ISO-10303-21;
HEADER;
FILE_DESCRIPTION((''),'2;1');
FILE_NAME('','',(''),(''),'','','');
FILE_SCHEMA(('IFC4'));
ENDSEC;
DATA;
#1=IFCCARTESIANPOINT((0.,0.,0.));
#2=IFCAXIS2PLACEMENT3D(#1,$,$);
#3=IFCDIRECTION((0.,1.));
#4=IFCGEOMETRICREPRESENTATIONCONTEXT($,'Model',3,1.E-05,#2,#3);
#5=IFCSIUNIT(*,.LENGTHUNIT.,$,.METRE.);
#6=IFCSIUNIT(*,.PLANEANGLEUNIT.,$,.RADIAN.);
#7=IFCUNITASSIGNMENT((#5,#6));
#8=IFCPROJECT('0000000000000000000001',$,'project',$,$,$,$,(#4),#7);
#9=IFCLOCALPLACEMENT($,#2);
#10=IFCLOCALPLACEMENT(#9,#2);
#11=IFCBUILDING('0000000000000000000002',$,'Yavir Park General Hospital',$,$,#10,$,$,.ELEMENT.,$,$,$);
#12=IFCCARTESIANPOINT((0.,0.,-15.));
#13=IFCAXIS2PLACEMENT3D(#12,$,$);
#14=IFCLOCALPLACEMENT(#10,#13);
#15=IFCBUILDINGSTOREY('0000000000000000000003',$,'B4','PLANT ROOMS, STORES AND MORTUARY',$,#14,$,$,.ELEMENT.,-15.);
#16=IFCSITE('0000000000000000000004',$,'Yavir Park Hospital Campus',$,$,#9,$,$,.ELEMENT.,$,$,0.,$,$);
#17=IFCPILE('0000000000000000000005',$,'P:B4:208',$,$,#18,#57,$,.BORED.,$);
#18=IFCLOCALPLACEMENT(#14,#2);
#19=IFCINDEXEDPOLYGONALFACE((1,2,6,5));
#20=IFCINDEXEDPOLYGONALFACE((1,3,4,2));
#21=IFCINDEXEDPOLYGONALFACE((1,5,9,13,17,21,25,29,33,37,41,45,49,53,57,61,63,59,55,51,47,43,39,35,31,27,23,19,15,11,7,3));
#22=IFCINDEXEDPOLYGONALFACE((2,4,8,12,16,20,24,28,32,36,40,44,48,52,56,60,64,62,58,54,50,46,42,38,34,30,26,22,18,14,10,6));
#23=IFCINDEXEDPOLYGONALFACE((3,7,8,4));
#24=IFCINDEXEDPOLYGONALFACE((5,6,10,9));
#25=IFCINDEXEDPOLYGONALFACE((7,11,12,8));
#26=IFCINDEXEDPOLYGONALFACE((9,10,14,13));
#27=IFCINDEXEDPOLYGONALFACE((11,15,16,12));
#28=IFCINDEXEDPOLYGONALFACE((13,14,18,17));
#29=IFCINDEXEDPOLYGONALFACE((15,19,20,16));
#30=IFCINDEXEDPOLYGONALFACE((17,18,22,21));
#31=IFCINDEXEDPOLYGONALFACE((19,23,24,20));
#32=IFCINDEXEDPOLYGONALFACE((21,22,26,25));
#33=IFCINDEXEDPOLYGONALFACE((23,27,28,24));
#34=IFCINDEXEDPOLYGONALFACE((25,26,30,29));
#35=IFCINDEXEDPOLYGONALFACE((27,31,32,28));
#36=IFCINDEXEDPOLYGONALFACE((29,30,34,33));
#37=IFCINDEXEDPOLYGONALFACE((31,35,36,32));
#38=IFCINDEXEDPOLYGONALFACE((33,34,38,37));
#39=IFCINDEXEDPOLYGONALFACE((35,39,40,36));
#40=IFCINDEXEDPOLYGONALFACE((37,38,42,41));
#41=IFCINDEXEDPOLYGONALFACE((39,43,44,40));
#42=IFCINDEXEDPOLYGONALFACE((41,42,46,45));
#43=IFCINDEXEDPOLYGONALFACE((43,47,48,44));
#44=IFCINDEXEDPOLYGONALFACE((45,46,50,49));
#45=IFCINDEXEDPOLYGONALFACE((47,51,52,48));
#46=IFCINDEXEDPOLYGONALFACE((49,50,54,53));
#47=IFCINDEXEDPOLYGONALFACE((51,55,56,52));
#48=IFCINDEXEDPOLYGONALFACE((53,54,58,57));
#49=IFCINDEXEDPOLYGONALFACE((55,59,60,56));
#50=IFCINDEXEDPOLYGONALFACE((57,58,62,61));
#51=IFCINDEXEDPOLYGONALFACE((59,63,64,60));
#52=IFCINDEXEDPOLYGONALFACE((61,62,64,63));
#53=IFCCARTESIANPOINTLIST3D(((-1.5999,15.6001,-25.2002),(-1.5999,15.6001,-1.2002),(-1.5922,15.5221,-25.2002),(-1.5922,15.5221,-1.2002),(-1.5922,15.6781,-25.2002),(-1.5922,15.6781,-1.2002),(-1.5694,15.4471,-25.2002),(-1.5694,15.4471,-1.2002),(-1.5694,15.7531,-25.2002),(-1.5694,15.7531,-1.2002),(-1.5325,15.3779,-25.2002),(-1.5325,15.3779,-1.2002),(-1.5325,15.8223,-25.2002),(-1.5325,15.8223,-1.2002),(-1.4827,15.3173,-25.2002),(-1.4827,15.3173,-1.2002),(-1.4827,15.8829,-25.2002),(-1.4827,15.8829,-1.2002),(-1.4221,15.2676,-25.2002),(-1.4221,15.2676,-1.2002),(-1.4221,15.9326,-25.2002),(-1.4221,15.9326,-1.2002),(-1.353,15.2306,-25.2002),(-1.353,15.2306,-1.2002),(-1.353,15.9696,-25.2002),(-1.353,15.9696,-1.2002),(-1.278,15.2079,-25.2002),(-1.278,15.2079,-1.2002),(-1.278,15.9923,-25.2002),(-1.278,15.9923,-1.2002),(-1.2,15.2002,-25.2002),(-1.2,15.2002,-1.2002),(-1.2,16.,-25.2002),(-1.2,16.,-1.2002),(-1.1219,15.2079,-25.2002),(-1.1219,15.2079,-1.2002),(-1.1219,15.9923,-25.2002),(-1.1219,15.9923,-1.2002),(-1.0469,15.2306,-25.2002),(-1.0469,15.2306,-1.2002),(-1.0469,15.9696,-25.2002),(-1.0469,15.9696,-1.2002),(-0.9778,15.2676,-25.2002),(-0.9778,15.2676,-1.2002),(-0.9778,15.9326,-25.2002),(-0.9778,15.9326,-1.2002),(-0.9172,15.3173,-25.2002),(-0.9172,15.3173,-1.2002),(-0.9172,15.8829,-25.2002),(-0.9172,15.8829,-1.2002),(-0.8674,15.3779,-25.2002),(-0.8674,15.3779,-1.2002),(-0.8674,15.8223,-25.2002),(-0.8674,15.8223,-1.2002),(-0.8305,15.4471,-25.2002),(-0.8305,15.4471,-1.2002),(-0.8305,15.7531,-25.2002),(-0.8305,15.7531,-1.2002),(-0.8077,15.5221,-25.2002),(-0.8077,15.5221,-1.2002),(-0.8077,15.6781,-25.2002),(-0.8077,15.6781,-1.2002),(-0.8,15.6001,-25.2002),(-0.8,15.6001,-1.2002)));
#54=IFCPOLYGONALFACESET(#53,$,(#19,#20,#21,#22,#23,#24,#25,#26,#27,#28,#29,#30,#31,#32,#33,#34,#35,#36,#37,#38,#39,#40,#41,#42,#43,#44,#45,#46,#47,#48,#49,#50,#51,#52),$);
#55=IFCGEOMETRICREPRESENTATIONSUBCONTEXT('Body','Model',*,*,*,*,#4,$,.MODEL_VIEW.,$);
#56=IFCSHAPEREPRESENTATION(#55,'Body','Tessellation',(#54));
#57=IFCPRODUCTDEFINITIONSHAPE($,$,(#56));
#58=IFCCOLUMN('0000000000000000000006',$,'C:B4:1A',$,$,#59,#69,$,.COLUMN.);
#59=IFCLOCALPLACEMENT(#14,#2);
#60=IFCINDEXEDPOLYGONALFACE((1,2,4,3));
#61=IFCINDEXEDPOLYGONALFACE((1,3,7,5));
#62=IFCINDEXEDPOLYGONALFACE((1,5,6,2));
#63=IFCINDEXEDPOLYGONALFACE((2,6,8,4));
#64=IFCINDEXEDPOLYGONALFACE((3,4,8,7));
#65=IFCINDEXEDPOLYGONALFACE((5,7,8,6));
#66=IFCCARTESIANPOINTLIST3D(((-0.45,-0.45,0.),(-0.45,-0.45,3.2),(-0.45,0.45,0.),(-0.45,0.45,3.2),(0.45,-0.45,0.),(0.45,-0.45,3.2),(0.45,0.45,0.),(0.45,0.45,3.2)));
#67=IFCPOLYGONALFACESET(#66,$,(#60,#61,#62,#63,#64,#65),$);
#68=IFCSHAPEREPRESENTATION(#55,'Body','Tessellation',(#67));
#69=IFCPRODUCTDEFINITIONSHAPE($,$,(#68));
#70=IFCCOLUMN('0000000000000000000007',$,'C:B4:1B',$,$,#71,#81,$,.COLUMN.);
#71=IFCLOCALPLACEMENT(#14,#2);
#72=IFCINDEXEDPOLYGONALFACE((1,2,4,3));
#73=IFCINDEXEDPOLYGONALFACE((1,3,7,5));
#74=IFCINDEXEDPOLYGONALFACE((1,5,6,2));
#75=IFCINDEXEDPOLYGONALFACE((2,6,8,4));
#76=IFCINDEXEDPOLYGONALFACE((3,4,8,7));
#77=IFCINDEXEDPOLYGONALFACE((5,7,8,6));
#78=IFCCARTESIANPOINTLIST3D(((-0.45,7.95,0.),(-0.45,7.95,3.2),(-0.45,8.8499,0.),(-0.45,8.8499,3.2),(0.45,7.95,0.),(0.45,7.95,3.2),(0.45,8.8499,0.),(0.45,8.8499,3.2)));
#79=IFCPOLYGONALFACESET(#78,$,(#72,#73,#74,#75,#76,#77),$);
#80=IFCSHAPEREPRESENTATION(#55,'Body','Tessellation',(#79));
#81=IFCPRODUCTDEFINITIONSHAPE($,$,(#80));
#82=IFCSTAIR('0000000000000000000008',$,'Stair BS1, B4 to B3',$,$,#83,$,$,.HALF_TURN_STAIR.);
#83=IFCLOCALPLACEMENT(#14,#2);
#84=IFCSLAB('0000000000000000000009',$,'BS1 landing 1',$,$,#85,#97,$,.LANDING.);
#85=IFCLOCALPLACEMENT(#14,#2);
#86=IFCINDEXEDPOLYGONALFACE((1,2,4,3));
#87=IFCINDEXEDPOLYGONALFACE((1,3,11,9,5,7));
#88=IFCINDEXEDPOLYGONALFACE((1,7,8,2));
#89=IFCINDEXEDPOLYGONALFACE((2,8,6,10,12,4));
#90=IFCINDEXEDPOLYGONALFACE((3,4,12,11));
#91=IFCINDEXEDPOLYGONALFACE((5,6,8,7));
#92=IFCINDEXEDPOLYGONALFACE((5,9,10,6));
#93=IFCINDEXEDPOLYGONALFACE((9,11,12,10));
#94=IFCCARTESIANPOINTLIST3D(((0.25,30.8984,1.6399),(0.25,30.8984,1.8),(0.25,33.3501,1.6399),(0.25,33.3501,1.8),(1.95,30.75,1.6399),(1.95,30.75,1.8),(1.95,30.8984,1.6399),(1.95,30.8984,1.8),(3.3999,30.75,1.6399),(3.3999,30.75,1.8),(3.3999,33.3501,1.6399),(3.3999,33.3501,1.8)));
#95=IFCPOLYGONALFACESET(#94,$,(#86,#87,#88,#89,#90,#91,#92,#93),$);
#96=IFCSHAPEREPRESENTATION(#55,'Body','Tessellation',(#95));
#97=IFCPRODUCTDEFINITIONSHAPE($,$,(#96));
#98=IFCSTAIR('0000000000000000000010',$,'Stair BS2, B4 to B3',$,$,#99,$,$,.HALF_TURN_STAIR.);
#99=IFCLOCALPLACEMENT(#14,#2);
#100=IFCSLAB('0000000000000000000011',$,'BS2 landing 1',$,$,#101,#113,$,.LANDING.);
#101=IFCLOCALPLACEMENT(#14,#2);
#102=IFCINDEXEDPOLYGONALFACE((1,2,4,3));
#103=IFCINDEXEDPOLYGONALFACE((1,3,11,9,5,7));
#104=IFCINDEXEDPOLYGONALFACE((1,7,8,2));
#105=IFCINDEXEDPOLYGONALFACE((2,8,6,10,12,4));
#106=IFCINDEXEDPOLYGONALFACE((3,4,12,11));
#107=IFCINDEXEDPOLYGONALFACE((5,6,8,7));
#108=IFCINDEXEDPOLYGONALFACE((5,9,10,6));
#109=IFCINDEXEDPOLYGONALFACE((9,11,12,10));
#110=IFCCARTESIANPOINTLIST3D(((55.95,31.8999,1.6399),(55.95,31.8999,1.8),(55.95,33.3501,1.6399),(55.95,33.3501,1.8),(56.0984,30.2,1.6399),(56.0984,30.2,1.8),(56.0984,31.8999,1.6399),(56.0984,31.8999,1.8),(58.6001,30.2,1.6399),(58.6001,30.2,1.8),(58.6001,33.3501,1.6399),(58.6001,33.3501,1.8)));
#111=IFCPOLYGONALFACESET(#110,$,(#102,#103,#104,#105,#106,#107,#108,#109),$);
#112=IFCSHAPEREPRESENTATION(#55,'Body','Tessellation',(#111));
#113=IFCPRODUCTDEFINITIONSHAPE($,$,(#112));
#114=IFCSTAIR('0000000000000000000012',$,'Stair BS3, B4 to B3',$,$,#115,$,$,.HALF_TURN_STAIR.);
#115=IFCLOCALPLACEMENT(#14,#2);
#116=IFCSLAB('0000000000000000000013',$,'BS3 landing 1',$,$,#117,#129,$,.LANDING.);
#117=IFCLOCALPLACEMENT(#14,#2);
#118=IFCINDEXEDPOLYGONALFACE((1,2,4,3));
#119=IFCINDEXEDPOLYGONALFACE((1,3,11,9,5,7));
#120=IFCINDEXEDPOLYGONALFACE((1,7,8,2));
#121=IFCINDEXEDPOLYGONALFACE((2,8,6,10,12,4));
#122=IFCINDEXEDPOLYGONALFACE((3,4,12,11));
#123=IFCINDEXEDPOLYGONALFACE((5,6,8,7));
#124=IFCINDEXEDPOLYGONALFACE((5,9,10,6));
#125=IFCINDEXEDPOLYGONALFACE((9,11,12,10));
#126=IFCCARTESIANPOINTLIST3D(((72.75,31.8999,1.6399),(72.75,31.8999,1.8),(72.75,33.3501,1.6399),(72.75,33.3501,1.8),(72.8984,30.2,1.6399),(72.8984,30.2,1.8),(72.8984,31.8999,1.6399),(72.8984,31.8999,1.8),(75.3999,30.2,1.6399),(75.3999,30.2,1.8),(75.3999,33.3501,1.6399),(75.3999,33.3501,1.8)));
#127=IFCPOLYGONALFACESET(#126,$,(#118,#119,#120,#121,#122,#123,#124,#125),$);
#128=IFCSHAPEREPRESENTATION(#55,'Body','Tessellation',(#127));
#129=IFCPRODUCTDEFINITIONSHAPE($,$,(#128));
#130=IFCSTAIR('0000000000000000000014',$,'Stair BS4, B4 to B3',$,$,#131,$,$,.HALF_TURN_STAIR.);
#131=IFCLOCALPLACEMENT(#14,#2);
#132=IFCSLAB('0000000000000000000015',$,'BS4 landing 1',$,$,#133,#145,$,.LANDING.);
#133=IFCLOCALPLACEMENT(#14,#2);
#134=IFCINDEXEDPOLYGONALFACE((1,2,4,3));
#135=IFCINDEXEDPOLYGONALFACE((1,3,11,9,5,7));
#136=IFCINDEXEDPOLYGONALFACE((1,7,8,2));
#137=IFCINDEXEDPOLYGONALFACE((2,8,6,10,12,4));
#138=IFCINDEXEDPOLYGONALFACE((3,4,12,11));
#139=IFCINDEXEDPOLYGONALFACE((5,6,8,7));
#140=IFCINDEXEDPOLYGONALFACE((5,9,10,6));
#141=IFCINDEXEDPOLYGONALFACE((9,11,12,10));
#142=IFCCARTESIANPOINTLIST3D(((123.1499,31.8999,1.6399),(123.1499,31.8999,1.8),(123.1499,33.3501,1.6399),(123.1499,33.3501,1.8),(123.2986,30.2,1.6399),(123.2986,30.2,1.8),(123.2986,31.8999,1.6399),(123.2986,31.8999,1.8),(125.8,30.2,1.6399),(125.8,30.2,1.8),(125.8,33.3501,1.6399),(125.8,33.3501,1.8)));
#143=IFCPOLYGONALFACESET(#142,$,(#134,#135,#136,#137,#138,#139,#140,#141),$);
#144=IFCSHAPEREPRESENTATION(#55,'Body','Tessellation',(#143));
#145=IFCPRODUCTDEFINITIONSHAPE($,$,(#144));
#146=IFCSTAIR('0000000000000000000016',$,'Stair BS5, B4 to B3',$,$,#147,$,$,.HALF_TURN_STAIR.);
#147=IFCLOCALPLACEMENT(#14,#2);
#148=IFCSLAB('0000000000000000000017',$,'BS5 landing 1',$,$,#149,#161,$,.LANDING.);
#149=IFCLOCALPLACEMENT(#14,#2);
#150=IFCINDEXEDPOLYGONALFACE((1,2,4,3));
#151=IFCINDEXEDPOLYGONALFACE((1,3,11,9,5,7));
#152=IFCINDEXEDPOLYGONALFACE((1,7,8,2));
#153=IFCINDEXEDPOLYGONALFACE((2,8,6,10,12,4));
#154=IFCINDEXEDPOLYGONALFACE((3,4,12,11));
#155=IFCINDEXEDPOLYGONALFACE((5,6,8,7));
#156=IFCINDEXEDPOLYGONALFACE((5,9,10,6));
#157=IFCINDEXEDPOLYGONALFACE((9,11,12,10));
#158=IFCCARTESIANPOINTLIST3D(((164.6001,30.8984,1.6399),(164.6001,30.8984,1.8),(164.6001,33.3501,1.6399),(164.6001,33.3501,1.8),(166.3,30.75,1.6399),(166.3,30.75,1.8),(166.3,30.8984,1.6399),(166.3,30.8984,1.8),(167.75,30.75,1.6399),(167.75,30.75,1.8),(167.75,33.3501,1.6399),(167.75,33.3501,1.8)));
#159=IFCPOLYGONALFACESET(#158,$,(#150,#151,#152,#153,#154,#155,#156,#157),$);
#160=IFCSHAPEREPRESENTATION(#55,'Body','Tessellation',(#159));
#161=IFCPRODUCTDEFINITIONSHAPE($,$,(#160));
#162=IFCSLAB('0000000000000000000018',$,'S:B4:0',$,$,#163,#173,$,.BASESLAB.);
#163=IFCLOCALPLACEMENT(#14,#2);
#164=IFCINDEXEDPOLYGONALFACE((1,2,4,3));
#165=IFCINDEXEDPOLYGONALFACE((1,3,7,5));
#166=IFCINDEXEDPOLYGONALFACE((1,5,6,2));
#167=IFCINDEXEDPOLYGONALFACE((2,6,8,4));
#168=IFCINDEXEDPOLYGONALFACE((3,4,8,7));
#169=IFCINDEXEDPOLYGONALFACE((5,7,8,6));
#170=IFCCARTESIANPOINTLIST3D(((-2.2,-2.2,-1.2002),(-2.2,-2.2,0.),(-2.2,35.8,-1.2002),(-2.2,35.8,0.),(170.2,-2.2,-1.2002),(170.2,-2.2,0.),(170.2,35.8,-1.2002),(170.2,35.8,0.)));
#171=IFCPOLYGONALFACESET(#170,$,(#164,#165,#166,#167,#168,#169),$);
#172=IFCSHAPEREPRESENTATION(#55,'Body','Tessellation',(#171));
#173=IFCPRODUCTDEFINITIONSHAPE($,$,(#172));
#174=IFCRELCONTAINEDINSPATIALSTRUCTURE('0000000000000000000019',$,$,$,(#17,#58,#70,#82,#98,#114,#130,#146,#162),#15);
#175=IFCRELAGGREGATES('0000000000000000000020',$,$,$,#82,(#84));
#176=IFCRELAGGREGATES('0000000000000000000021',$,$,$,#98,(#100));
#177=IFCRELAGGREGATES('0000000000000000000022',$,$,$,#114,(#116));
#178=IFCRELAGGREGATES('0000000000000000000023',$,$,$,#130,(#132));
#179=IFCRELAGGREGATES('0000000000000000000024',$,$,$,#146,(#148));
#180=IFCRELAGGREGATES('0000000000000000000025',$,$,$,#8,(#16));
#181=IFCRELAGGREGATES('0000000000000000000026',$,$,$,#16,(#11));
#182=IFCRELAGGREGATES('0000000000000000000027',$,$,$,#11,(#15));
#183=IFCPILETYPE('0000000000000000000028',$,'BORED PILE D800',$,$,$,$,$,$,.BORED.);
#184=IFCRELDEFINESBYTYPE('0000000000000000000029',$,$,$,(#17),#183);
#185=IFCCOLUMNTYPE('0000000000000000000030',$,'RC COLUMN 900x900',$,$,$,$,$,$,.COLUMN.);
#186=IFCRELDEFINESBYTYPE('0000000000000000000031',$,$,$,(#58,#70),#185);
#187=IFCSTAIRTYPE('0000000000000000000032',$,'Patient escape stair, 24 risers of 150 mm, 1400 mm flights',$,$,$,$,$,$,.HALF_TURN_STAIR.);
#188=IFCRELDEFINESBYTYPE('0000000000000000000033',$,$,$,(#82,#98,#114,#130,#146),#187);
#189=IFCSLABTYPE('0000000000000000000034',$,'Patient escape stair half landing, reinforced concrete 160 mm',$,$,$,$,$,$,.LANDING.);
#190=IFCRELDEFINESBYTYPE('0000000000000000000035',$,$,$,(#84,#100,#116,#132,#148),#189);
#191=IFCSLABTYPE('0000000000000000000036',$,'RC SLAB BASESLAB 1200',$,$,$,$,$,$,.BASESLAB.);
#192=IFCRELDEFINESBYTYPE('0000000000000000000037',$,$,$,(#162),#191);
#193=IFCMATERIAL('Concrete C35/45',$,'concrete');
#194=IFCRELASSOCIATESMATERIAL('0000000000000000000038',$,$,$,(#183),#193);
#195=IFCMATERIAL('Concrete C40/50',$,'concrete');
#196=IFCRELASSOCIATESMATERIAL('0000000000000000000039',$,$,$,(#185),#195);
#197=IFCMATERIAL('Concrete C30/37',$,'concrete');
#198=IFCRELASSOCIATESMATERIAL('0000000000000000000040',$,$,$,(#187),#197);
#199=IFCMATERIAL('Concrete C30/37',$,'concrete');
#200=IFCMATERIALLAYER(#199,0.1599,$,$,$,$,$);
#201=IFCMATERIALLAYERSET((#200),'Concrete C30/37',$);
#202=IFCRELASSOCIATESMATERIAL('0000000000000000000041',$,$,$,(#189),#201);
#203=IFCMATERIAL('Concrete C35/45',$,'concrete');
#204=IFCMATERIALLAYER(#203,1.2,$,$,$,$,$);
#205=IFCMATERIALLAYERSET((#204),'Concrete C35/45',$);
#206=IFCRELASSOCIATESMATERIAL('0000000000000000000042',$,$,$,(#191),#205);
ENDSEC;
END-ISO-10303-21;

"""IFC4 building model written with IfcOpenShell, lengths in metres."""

from ifc_helpers import new_model, si_unit, direction, frame, origin, origin_2d, place, context, subcontext, project, spatial, polyline, rectangle, circle, outline, extrude, material, layer, layer_set, material_profile, profile_set, type_object, element, aggregate, save


model = new_model("IFC4")

# Units and contexts
model_context = context("Model", 3, precision=1e-05, world=origin(), true_north=direction((0.0, 1.0)))
body_context = subcontext(model_context, "Body", "Model", "MODEL_VIEW")
ifc_project = project(units=[si_unit("LENGTHUNIT", "METRE"), si_unit("PLANEANGLEUNIT", "RADIAN")], contexts=[model_context])

# Site, building, storey
site_placement = place(None, origin())
site = spatial("IfcSite", under=ifc_project, at=site_placement, Name="Yavir Park Hospital Campus", CompositionType="ELEMENT", RefElevation=0.0)
building_placement = place(site_placement, origin())
building = spatial("IfcBuilding", under=site, at=building_placement, Name="Yavir Park General Hospital", CompositionType="ELEMENT")
storey_placement = place(building_placement, frame((0.0, 0.0, -15.0)))
storey = spatial("IfcBuildingStorey", under=building, at=storey_placement, Name="B4", Description="PLANT ROOMS, STORES AND MORTUARY", CompositionType="ELEMENT", Elevation=-15.0)

# Pile
ifc_material_1 = material(Name="Concrete C35/45", Category="concrete")
ifc_material_profile_1 = material_profile(ifc_material_1, circle(Radius=0.3999, at=origin_2d()), Name="D800")
ifc_profile_set_1 = profile_set([ifc_material_profile_1], Name="Concrete C35/45")
pile_type = type_object("IfcPileType", Name="BORED PILE D800", PredefinedType="BORED", material=ifc_profile_set_1)
for number, where, z_axis, x_axis, name in (
    (1, (-1.2, 15.6001, -1.2002), (0.0, 0.0, -1.0), (1.0, 0.0, 0.0), "P:B4:208"),
):
    element("IfcPile", number, at=place(storey_placement, frame(where, z_axis=z_axis, x_axis=x_axis)), inside=storey, type_object=pile_type, Name=name, PredefinedType="BORED", context=body_context, shape_type="SweptSolid", body=[
        extrude(circle(Radius=0.3999, at=origin_2d()), origin(), (0.0, 0.0, 1.0), 24.0),
    ])

# Columns
ifc_material_2 = material(Name="Concrete C40/50", Category="concrete")
ifc_material_profile_2 = material_profile(ifc_material_2, rectangle(XDim=0.8999, YDim=0.8999, at=origin_2d()), Name="RC900x900")
ifc_profile_set_2 = profile_set([ifc_material_profile_2], Name="Concrete C40/50")
column_type = type_object("IfcColumnType", Name="RC COLUMN 900x900", PredefinedType="COLUMN", material=ifc_profile_set_2)
for number, where, z_axis, x_axis, name in (
    (2, (0.0, 0.0, 0.0), (0.0, 0.0, 1.0), (1.0, 0.0, 0.0), "C:B4:1A"),
    (3, (0.0, 8.3999, 0.0), (0.0, 0.0, 1.0), (1.0, 0.0, 0.0), "C:B4:1B"),
):
    element("IfcColumn", number, at=place(storey_placement, frame(where, z_axis=z_axis, x_axis=x_axis)), inside=storey, type_object=column_type, Name=name, PredefinedType="COLUMN", context=body_context, shape_type="SweptSolid", body=[
        extrude(rectangle(XDim=0.8999, YDim=0.8999, at=origin_2d()), origin(), (0.0, 0.0, 1.0), 3.2),
    ])

# Stairs, slabs
ifc_material_3 = material(Name="Concrete C30/37", Category="concrete")
stair_type = type_object("IfcStairType", Name="Patient escape stair, 24 risers of 150 mm, 1400 mm flights", PredefinedType="HALF_TURN_STAIR", material=ifc_material_3)
stair_1_placement = place(storey_placement, origin())
stair_1 = element("IfcStair", 4, at=stair_1_placement, inside=storey, type_object=stair_type, Name="Stair BS1, B4 to B3", PredefinedType="HALF_TURN_STAIR")
ifc_material_4 = material(Name="Concrete C30/37", Category="concrete")
ifc_layer_1 = layer(ifc_material_4, 0.1599)
ifc_layer_set_1 = layer_set([ifc_layer_1], Name="Concrete C30/37")
slab_type_1 = type_object("IfcSlabType", Name="Patient escape stair half landing, reinforced concrete 160 mm", PredefinedType="LANDING", material=ifc_layer_set_1)
slab_1_placement = place(storey_placement, frame((0.0, 0.0, 1.6399)))
slab_1 = element("IfcSlab", 5, at=slab_1_placement, type_object=slab_type_1, Name="BS1 landing 1", PredefinedType="LANDING", context=body_context, shape_type="SweptSolid", body=[
    extrude(outline(polyline([(0.25, 30.8984), (0.25, 33.3501), (3.3999, 33.3501), (3.3999, 30.75), (1.95, 30.75), (1.95, 30.8984), (0.25, 30.8984)])), origin(), (0.0, 0.0, 1.0), 0.1602),
])
aggregate(stair_1, [slab_1])
stair_2_placement = place(storey_placement, origin())
stair_2 = element("IfcStair", 6, at=stair_2_placement, inside=storey, type_object=stair_type, Name="Stair BS2, B4 to B3", PredefinedType="HALF_TURN_STAIR")
slab_2_placement = place(storey_placement, frame((0.0, 0.0, 1.6399)))
slab_2 = element("IfcSlab", 7, at=slab_2_placement, type_object=slab_type_1, Name="BS2 landing 1", PredefinedType="LANDING", context=body_context, shape_type="SweptSolid", body=[
    extrude(outline(polyline([(56.0984, 30.2), (58.6001, 30.2), (58.6001, 33.3501), (55.95, 33.3501), (55.95, 31.8999), (56.0984, 31.8999), (56.0984, 30.2)])), origin(), (0.0, 0.0, 1.0), 0.1602),
])
aggregate(stair_2, [slab_2])
stair_3_placement = place(storey_placement, origin())
stair_3 = element("IfcStair", 8, at=stair_3_placement, inside=storey, type_object=stair_type, Name="Stair BS3, B4 to B3", PredefinedType="HALF_TURN_STAIR")
slab_3_placement = place(storey_placement, frame((0.0, 0.0, 1.6399)))
slab_3 = element("IfcSlab", 9, at=slab_3_placement, type_object=slab_type_1, Name="BS3 landing 1", PredefinedType="LANDING", context=body_context, shape_type="SweptSolid", body=[
    extrude(outline(polyline([(72.8984, 30.2), (75.3999, 30.2), (75.3999, 33.3501), (72.75, 33.3501), (72.75, 31.8999), (72.8984, 31.8999), (72.8984, 30.2)])), origin(), (0.0, 0.0, 1.0), 0.1602),
])
aggregate(stair_3, [slab_3])
stair_4_placement = place(storey_placement, origin())
stair_4 = element("IfcStair", 10, at=stair_4_placement, inside=storey, type_object=stair_type, Name="Stair BS4, B4 to B3", PredefinedType="HALF_TURN_STAIR")
slab_4_placement = place(storey_placement, frame((0.0, 0.0, 1.6399)))
slab_4 = element("IfcSlab", 11, at=slab_4_placement, type_object=slab_type_1, Name="BS4 landing 1", PredefinedType="LANDING", context=body_context, shape_type="SweptSolid", body=[
    extrude(outline(polyline([(123.2986, 30.2), (125.8, 30.2), (125.8, 33.3501), (123.1499, 33.3501), (123.1499, 31.8999), (123.2986, 31.8999), (123.2986, 30.2)])), origin(), (0.0, 0.0, 1.0), 0.1602),
])
aggregate(stair_4, [slab_4])
stair_5_placement = place(storey_placement, origin())
stair_5 = element("IfcStair", 12, at=stair_5_placement, inside=storey, type_object=stair_type, Name="Stair BS5, B4 to B3", PredefinedType="HALF_TURN_STAIR")
slab_5_placement = place(storey_placement, frame((0.0, 0.0, 1.6399)))
slab_5 = element("IfcSlab", 13, at=slab_5_placement, type_object=slab_type_1, Name="BS5 landing 1", PredefinedType="LANDING", context=body_context, shape_type="SweptSolid", body=[
    extrude(outline(polyline([(164.6001, 30.8984), (164.6001, 33.3501), (167.75, 33.3501), (167.75, 30.75), (166.3, 30.75), (166.3, 30.8984), (164.6001, 30.8984)])), origin(), (0.0, 0.0, 1.0), 0.1602),
])
aggregate(stair_5, [slab_5])

# Slab
ifc_material_5 = material(Name="Concrete C35/45", Category="concrete")
ifc_layer_2 = layer(ifc_material_5, 1.2)
ifc_layer_set_2 = layer_set([ifc_layer_2], Name="Concrete C35/45")
slab_type_2 = type_object("IfcSlabType", Name="RC SLAB BASESLAB 1200", PredefinedType="BASESLAB", material=ifc_layer_set_2)
slab_6_placement = place(storey_placement, frame((0.0, 0.0, -1.2002)))
element("IfcSlab", 14, at=slab_6_placement, inside=storey, type_object=slab_type_2, Name="S:B4:0", PredefinedType="BASESLAB", context=body_context, shape_type="SweptSolid", body=[
    extrude(outline(polyline([(170.2, -2.2), (170.2, 35.8), (-2.2, 35.8), (-2.2, -2.2), (170.2, -2.2)])), origin(), (0.0, 0.0, 1.0), 1.2002),
])

save(model, "model.ifc")
